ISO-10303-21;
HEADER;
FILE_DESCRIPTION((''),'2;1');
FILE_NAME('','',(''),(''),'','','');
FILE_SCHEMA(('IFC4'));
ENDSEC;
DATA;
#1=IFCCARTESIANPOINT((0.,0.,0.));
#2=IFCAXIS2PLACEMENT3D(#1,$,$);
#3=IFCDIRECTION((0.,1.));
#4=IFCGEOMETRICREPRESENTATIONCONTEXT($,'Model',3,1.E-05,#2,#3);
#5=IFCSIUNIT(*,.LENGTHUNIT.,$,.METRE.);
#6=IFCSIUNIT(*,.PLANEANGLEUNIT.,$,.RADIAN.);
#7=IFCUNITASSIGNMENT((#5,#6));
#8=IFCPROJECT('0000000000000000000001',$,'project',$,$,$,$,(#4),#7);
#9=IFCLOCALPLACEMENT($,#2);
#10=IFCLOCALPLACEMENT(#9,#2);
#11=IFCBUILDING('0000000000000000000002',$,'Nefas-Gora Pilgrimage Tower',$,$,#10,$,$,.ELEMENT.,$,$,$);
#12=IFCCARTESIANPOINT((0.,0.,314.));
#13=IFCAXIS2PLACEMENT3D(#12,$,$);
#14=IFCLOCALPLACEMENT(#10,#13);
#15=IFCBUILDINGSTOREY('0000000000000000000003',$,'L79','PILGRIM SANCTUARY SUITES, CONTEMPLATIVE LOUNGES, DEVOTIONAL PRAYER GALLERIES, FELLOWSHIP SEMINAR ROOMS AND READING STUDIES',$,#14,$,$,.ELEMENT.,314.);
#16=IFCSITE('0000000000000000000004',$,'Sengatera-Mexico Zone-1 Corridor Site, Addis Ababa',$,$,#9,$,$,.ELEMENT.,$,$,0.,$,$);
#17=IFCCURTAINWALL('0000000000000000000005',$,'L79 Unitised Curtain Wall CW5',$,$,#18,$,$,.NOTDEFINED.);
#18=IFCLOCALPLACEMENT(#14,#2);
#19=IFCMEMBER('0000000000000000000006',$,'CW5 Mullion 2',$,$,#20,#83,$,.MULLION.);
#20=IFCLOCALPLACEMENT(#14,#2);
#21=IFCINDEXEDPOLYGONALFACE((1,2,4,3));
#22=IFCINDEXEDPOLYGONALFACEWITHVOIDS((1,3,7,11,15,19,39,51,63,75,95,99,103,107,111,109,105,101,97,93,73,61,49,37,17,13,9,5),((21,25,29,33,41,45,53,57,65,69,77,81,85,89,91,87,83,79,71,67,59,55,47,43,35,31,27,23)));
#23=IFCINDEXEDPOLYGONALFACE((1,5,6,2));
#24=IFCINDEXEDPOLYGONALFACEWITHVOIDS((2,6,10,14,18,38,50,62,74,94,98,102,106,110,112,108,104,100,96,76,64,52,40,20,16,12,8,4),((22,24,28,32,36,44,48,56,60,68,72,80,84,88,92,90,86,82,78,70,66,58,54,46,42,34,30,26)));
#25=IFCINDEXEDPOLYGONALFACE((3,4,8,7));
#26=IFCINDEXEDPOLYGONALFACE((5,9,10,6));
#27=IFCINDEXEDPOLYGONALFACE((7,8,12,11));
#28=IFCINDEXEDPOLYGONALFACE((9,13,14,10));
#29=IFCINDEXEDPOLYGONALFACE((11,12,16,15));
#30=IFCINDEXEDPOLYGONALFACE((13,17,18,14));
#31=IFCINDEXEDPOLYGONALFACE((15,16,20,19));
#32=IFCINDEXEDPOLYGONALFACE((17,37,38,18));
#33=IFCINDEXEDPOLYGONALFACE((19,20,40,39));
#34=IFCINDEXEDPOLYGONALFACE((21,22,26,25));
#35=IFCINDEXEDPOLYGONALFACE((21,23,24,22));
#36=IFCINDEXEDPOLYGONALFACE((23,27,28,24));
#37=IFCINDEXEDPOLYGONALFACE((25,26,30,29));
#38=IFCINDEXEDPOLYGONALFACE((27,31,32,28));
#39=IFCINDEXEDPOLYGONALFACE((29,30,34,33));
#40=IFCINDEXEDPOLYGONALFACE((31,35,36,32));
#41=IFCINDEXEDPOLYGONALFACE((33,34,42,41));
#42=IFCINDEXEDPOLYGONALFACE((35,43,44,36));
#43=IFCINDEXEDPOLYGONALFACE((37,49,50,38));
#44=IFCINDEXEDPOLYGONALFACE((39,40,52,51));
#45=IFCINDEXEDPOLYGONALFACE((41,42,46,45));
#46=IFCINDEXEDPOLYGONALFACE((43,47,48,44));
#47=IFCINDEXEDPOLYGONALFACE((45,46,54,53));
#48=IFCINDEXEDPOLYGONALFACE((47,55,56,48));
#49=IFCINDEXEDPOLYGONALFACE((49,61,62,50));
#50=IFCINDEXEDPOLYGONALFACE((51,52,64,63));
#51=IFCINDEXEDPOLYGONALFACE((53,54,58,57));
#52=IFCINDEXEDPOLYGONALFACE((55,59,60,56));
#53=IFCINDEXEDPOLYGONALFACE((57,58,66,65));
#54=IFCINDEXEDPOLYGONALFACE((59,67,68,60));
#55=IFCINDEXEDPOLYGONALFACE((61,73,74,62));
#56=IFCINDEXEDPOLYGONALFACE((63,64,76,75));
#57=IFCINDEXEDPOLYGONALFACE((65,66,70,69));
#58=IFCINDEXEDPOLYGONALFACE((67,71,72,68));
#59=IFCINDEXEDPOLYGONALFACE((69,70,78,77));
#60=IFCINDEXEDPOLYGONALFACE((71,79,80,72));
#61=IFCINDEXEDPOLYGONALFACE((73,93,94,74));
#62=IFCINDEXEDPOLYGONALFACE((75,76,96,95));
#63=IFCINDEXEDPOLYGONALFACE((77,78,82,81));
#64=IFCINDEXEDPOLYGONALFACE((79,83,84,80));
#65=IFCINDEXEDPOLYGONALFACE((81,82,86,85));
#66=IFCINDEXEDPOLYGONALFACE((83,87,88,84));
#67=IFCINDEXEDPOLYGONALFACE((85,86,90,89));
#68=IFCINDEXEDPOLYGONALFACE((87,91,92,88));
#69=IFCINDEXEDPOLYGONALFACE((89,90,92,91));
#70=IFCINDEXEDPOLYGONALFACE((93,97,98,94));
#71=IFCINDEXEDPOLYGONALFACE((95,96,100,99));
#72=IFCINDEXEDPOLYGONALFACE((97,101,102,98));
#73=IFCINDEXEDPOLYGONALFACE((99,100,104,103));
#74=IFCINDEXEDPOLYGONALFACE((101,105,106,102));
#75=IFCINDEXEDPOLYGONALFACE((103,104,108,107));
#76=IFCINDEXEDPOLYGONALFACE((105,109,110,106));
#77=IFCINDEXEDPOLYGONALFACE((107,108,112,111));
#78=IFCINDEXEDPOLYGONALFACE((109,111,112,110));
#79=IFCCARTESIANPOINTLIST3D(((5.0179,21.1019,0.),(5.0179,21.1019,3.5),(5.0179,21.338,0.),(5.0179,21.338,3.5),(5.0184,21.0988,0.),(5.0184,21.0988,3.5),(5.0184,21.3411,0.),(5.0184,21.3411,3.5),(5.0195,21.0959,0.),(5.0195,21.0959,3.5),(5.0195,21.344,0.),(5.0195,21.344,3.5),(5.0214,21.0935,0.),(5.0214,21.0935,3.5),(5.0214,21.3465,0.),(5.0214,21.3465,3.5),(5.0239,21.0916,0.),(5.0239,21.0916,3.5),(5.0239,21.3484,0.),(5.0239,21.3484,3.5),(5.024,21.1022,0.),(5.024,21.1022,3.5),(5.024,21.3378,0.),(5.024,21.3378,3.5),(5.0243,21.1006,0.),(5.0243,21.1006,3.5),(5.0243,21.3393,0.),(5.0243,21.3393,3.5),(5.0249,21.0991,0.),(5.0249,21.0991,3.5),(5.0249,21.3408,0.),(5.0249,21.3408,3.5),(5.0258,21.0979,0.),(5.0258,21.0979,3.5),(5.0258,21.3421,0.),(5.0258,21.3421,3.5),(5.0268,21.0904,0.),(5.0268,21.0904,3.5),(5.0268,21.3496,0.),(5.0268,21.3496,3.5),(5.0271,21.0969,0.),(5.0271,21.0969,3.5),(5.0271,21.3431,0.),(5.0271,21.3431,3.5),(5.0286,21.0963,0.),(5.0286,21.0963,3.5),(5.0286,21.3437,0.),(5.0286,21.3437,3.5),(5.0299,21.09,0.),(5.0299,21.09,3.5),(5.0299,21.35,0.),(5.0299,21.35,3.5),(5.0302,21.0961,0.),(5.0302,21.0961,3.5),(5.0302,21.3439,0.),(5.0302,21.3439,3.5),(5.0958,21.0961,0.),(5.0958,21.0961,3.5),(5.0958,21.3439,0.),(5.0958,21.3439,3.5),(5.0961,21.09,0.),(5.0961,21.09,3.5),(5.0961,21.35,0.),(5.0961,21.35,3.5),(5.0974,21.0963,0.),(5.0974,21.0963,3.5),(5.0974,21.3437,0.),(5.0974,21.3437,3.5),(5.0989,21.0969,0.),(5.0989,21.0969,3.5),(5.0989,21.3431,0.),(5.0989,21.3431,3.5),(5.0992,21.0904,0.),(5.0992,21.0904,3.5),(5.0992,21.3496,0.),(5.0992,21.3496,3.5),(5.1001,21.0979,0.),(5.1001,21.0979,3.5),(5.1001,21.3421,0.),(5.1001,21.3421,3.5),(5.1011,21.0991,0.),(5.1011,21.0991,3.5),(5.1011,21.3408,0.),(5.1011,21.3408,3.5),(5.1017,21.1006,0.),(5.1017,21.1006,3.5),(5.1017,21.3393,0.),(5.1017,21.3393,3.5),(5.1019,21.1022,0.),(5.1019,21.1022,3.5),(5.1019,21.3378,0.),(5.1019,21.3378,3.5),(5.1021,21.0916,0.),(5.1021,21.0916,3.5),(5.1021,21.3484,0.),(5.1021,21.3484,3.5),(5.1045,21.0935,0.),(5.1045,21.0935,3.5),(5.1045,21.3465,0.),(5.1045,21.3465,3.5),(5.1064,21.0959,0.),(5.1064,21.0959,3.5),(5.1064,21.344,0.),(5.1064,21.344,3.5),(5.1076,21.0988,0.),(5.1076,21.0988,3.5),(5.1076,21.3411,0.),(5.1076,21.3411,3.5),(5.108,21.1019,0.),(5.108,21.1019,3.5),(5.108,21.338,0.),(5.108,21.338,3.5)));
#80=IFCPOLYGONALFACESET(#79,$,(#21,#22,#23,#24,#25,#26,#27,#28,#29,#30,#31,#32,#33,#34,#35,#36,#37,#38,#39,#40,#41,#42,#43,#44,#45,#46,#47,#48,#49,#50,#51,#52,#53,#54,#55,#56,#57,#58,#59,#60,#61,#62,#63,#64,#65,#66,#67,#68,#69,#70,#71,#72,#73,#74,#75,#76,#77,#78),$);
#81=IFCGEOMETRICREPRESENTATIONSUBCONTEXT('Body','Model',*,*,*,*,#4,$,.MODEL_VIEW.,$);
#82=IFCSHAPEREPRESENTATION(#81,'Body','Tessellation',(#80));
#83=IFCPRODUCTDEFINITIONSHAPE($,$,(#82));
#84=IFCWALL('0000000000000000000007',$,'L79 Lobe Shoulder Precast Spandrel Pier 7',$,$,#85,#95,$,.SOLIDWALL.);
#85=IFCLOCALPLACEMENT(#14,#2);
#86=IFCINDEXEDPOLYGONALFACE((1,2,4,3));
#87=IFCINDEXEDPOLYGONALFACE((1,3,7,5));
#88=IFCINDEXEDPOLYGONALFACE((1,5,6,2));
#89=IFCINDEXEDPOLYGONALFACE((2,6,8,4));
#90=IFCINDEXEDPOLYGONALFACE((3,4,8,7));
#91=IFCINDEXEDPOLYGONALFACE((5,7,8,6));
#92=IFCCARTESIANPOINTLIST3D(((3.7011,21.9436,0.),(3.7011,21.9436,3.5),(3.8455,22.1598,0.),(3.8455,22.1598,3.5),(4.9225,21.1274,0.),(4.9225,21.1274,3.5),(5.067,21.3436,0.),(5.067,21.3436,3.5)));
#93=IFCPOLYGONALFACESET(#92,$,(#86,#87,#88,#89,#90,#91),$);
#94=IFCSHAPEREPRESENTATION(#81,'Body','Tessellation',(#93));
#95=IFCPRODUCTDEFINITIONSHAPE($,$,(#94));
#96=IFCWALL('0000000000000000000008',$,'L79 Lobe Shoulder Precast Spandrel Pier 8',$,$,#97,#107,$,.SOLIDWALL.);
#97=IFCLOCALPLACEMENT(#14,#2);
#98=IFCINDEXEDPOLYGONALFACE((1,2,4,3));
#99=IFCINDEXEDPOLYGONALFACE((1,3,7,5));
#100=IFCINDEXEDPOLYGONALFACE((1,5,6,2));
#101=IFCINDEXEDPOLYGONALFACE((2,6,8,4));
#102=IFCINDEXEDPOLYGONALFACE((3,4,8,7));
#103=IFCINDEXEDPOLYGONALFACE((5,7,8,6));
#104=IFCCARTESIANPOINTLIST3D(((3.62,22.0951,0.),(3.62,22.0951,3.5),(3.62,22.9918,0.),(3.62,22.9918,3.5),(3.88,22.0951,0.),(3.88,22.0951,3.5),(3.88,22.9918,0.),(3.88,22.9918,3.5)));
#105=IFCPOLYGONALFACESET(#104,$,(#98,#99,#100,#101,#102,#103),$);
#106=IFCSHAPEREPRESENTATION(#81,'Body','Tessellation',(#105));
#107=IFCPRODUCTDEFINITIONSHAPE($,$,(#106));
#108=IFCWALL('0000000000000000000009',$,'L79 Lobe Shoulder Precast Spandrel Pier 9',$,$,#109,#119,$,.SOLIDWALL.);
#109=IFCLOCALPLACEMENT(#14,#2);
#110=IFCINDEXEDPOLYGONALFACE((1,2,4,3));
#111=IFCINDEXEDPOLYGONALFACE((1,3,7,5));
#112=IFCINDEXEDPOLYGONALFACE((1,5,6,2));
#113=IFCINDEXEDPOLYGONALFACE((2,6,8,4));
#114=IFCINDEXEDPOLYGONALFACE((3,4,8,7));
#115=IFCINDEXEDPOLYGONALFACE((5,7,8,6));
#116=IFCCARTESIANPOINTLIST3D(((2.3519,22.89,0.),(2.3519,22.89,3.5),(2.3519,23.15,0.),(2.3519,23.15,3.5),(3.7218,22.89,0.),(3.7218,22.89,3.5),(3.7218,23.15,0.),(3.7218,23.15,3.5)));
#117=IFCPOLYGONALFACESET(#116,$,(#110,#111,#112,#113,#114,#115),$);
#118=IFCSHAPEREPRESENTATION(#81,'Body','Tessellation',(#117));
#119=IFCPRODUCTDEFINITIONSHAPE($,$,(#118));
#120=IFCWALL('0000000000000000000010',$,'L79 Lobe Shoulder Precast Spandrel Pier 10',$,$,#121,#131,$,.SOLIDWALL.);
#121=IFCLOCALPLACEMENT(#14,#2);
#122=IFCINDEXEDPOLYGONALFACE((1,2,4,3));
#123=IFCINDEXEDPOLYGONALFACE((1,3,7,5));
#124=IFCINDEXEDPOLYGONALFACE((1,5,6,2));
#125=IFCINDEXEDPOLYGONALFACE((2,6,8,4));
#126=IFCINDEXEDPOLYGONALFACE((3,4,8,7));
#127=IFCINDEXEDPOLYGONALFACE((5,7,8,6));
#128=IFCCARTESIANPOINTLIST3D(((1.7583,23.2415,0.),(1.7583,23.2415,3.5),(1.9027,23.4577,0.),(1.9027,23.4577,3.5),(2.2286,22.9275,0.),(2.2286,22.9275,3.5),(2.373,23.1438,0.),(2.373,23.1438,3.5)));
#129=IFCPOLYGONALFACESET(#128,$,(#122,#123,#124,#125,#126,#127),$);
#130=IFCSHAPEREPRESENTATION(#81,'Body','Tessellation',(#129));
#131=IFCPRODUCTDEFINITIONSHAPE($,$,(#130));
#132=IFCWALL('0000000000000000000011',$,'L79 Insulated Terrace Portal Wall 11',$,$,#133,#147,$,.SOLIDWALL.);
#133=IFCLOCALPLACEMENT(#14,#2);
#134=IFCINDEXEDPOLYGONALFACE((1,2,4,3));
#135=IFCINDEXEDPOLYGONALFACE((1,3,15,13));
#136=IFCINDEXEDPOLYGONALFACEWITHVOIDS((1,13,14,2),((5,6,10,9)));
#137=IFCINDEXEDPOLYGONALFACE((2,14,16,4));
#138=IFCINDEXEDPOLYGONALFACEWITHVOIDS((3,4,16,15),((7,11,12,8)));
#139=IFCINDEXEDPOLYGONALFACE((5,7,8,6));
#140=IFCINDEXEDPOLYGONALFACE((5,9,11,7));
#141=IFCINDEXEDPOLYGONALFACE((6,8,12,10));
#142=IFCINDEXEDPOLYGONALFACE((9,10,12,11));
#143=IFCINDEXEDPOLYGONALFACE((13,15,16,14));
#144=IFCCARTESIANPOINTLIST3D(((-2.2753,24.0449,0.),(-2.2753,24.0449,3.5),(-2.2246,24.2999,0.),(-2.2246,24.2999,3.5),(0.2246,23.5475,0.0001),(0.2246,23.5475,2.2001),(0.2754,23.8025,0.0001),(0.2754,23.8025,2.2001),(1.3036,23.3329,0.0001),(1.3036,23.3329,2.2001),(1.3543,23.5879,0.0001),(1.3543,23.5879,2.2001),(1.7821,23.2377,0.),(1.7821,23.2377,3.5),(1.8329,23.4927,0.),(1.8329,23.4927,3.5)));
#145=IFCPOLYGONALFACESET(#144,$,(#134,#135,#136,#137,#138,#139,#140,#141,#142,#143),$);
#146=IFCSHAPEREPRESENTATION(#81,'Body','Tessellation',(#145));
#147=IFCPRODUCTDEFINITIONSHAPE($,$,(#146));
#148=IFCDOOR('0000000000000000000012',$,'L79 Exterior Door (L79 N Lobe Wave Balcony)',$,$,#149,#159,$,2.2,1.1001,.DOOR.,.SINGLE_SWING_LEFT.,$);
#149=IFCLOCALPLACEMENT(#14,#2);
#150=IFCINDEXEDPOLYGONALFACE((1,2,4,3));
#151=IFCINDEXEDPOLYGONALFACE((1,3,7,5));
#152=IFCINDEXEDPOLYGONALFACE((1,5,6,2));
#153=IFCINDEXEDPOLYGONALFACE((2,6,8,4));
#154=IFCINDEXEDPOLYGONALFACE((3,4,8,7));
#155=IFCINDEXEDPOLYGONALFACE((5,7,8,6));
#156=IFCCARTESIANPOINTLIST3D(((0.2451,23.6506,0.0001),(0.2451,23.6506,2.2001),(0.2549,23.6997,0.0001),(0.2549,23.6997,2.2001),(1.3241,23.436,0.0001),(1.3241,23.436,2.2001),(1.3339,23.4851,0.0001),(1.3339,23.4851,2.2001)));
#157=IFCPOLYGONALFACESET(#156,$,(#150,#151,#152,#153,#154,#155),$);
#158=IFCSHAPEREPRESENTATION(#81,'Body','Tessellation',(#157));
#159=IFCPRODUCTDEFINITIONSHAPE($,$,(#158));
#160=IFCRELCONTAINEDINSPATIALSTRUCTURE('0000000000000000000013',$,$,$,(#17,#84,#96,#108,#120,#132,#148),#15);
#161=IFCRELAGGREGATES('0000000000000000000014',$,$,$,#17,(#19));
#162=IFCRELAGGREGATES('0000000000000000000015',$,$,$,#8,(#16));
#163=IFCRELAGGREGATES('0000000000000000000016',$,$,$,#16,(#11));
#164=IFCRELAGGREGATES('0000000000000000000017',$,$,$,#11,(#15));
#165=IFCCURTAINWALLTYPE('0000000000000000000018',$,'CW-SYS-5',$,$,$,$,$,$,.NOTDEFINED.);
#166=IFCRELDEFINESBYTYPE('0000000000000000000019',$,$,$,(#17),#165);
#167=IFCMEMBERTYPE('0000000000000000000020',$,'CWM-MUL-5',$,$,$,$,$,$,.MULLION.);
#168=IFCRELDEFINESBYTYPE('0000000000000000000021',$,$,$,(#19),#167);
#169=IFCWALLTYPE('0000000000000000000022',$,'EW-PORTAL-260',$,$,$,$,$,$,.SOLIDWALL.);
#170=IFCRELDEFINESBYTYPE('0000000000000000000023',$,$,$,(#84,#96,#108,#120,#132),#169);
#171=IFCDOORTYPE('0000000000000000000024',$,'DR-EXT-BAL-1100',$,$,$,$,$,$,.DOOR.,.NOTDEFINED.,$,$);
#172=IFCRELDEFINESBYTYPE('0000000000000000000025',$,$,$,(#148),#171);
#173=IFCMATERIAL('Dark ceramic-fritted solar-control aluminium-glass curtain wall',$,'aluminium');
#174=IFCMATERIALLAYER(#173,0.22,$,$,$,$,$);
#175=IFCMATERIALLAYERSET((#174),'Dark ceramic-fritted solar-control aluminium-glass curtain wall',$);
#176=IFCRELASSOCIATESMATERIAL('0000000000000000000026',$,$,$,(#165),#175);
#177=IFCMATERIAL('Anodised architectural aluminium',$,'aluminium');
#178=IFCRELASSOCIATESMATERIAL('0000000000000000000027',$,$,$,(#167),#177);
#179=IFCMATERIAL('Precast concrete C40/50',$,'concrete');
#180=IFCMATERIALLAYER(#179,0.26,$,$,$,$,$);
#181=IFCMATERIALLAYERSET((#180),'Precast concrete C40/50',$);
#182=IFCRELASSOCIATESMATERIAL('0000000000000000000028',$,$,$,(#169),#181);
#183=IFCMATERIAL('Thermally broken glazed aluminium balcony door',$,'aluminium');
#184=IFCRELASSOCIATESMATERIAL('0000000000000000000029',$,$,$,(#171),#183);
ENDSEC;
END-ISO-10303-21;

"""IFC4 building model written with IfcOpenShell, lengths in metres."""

from ifc_helpers import new_model, si_unit, direction, frame, frame_2d, origin, origin_2d, place, context, subcontext, project, spatial, rectangle, hollow_rectangle, extrude, source, transform, mapped, material, layer, layer_set, material_profile, profile_set, type_object, element, fill, aggregate, save


model = new_model("IFC4")

# Units and contexts
model_context = context("Model", 3, precision=1e-05, world=origin(), true_north=direction((0.0, 1.0)))
body_context = subcontext(model_context, "Body", "Model", "MODEL_VIEW")
ifc_project = project(units=[si_unit("LENGTHUNIT", "METRE"), si_unit("PLANEANGLEUNIT", "RADIAN")], contexts=[model_context])

# Site, building, storey
site_placement = place(None, origin())
site = spatial("IfcSite", under=ifc_project, at=site_placement, Name="Sengatera-Mexico Zone-1 Corridor Site, Addis Ababa", CompositionType="ELEMENT", RefElevation=0.0)
building_placement = place(site_placement, origin())
building = spatial("IfcBuilding", under=site, at=building_placement, Name="Nefas-Gora Pilgrimage Tower", CompositionType="ELEMENT")
storey_placement = place(building_placement, frame((0.0, 0.0, 314.0)))
storey = spatial("IfcBuildingStorey", under=building, at=storey_placement, Name="L79", Description="PILGRIM SANCTUARY SUITES, CONTEMPLATIVE LOUNGES, DEVOTIONAL PRAYER GALLERIES, FELLOWSHIP SEMINAR ROOMS AND READING STUDIES", CompositionType="ELEMENT", Elevation=314.0)

# Curtain wall, member
ifc_material_1 = material(Name="Dark ceramic-fritted solar-control aluminium-glass curtain wall", Category="aluminium")
ifc_layer_1 = layer(ifc_material_1, 0.22)
ifc_layer_set_1 = layer_set([ifc_layer_1], Name="Dark ceramic-fritted solar-control aluminium-glass curtain wall")
curtain_wall_type = type_object("IfcCurtainWallType", Name="CW-SYS-5", PredefinedType="NOTDEFINED", material=ifc_layer_set_1)
curtain_wall_placement = place(storey_placement, origin())
curtain_wall = element("IfcCurtainWall", 1, at=curtain_wall_placement, inside=storey, type_object=curtain_wall_type, Name="L79 Unitised Curtain Wall CW5", PredefinedType="NOTDEFINED")
ifc_material_2 = material(Name="Anodised architectural aluminium", Category="aluminium")
ifc_material_profile_1 = material_profile(ifc_material_2, hollow_rectangle(XDim=0.0901, YDim=0.26, WallThickness=0.0061, InnerFilletRadius=0.0061, OuterFilletRadius=0.012, at=origin_2d()), Name="ALU MULLION 90x260")
ifc_profile_set_1 = profile_set([ifc_material_profile_1], Name="Anodised architectural aluminium")
member_type = type_object("IfcMemberType", Name="CWM-MUL-5", PredefinedType="MULLION", material=ifc_profile_set_1)
shared_shape_1 = source(origin(), body_context, "Body", "SweptSolid", [
    extrude(hollow_rectangle(XDim=0.0901, YDim=0.26, WallThickness=0.0061, InnerFilletRadius=0.0061, OuterFilletRadius=0.012, at=origin_2d()), origin(), (0.0, 0.0, 1.0), 3.5),
])
member_placement = place(storey_placement, frame((5.063, 21.22, 0.0), z_axis=(0.0, 0.0, 1.0), x_axis=(-1.0, 0.0, 0.0)))
member = element("IfcMember", 2, at=member_placement, type_object=member_type, Name="CW5 Mullion 2", PredefinedType="MULLION", context=body_context, shape_type="MappedRepresentation", body=[
    mapped(shared_shape_1, transform((0.0, 0.0, 0.0), x_axis=(1.0, 0.0, 0.0), y_axis=(0.0, 1.0, 0.0), z_axis=(0.0, 0.0, 1.0), scale=1.0)),
])
aggregate(curtain_wall, [member])

# Walls
ifc_material_3 = material(Name="Precast concrete C40/50", Category="concrete")
ifc_layer_2 = layer(ifc_material_3, 0.26)
ifc_layer_set_2 = layer_set([ifc_layer_2], Name="Precast concrete C40/50")
wall_type_1 = type_object("IfcWallType", Name="EW-PORTAL-260", PredefinedType="SOLIDWALL", material=ifc_layer_set_2)
shared_shape_2 = source(origin(), body_context, "Body", "SweptSolid", [
    extrude(rectangle(XDim=1.469, YDim=0.26, at=frame_2d((0.7344, 0.0))), origin(), (0.0, 0.0, 1.0), 3.5),
])
wall_1_placement = place(storey_placement, frame((4.9946, 21.2356, 0.0), z_axis=(0.0, 0.0, 1.0), x_axis=(-0.831462, 0.555582, 0.0)))
element("IfcWall", 3, at=wall_1_placement, inside=storey, type_object=wall_type_1, Name="L79 Lobe Shoulder Precast Spandrel Pier 7", PredefinedType="SOLIDWALL", context=body_context, shape_type="MappedRepresentation", body=[
    mapped(shared_shape_2, transform((0.0, 0.0, 0.0), x_axis=(1.0, 0.0, 0.0), y_axis=(0.0, 1.0, 0.0), z_axis=(0.0, 0.0, 1.0), scale=1.0)),
])
shared_shape_3 = source(origin(), body_context, "Body", "SweptSolid", [
    extrude(rectangle(XDim=0.8967, YDim=0.26, at=frame_2d((0.4482, 0.0))), origin(), (0.0, 0.0, 1.0), 3.5),
])
wall_2_placement = place(storey_placement, frame((3.75, 22.0952, 0.0), z_axis=(0.0, 0.0, 1.0), x_axis=(0.0, 1.0, 0.0)))
element("IfcWall", 4, at=wall_2_placement, inside=storey, type_object=wall_type_1, Name="L79 Lobe Shoulder Precast Spandrel Pier 8", PredefinedType="SOLIDWALL", context=body_context, shape_type="MappedRepresentation", body=[
    mapped(shared_shape_3, transform((0.0, 0.0, 0.0), x_axis=(1.0, 0.0, 0.0), y_axis=(0.0, 1.0, 0.0), z_axis=(0.0, 0.0, 1.0), scale=1.0)),
])
shared_shape_4 = source(origin(), body_context, "Body", "SweptSolid", [
    extrude(rectangle(XDim=1.3699, YDim=0.26, at=frame_2d((0.6851, 0.0))), origin(), (0.0, 0.0, 1.0), 3.5),
])
wall_3_placement = place(storey_placement, frame((3.7219, 23.02, 0.0), z_axis=(0.0, 0.0, 1.0), x_axis=(-1.0, 0.0, 0.0)))
element("IfcWall", 5, at=wall_3_placement, inside=storey, type_object=wall_type_1, Name="L79 Lobe Shoulder Precast Spandrel Pier 9", PredefinedType="SOLIDWALL", context=body_context, shape_type="MappedRepresentation", body=[
    mapped(shared_shape_4, transform((0.0, 0.0, 0.0), x_axis=(1.0, 0.0, 0.0), y_axis=(0.0, 1.0, 0.0), z_axis=(0.0, 0.0, 1.0), scale=1.0)),
])
shared_shape_5 = source(origin(), body_context, "Body", "SweptSolid", [
    extrude(rectangle(XDim=0.5654, YDim=0.26, at=frame_2d((0.2827, 0.0))), origin(), (0.0, 0.0, 1.0), 3.5),
])
wall_4_placement = place(storey_placement, frame((2.3008, 23.0356, 0.0), z_axis=(0.0, 0.0, 1.0), x_axis=(-0.831651, 0.555298, 0.0)))
element("IfcWall", 6, at=wall_4_placement, inside=storey, type_object=wall_type_1, Name="L79 Lobe Shoulder Precast Spandrel Pier 10", PredefinedType="SOLIDWALL", context=body_context, shape_type="MappedRepresentation", body=[
    mapped(shared_shape_5, transform((0.0, 0.0, 0.0), x_axis=(1.0, 0.0, 0.0), y_axis=(0.0, 1.0, 0.0), z_axis=(0.0, 0.0, 1.0), scale=1.0)),
])

# Wall, opening, door
shared_shape_6 = source(origin(), body_context, "Body", "SweptSolid", [
    extrude(rectangle(XDim=4.137, YDim=0.26, at=frame_2d((2.0684, 0.0))), origin(), (0.0, 0.0, 1.0), 3.5),
])
wall_5_placement = place(storey_placement, frame((1.8074, 23.3652, 0.0), z_axis=(0.0, 0.0, 1.0), x_axis=(-0.980782, 0.195106, 0.0)))
wall_5 = element("IfcWall", 7, at=wall_5_placement, inside=storey, type_object=wall_type_1, Name="L79 Insulated Terrace Portal Wall 11", PredefinedType="SOLIDWALL", context=body_context, shape_type="MappedRepresentation", body=[
    mapped(shared_shape_6, transform((0.0, 0.0, 0.0), x_axis=(1.0, 0.0, 0.0), y_axis=(0.0, 1.0, 0.0), z_axis=(0.0, 0.0, 1.0), scale=1.0)),
])
opening_1_placement = place(wall_5_placement, frame((0.4878, 0.0, 0.0)))
opening_1 = element("IfcOpeningElement", 8, at=opening_1_placement, cuts=wall_5, PredefinedType="OPENING", context=body_context, shape_type="SweptSolid", body=[
    extrude(rectangle(XDim=1.1001, YDim=2.2, at=frame_2d((0.55, 1.1001))), frame((0.0, 0.1399, 0.0), z_axis=(0.0, -1.0, 0.0), x_axis=(1.0, 0.0, 0.0)), (0.0, 0.0, 1.0), 0.28),
])
ifc_material_4 = material(Name="Thermally broken glazed aluminium balcony door", Category="aluminium")
door_type_1 = type_object("IfcDoorType", Name="DR-EXT-BAL-1100", OperationType="NOTDEFINED", PredefinedType="DOOR", material=ifc_material_4)
shared_shape_7 = source(origin(), body_context, "Body", "SweptSolid", [
    extrude(rectangle(XDim=1.1001, YDim=2.2, at=frame_2d((0.55, 1.1001))), frame((0.0, 0.0249, 0.0), z_axis=(0.0, -1.0, 0.0), x_axis=(1.0, 0.0, 0.0)), (0.0, 0.0, 1.0), 0.05),
])
door_1_placement = place(opening_1_placement, origin())
door_1 = element("IfcDoor", 9, at=door_1_placement, inside=storey, type_object=door_type_1, Name="L79 Exterior Door (L79 N Lobe Wave Balcony)", OperationType="SINGLE_SWING_LEFT", OverallHeight=2.2, OverallWidth=1.1001, PredefinedType="DOOR", context=body_context, shape_type="MappedRepresentation", body=[
    mapped(shared_shape_7, transform((0.0, 0.0, 0.0), x_axis=(1.0, 0.0, 0.0), y_axis=(0.0, 1.0, 0.0), z_axis=(0.0, 0.0, 1.0), scale=1.0)),
])
fill(opening_1, door_1)

save(model, "model.ifc")
